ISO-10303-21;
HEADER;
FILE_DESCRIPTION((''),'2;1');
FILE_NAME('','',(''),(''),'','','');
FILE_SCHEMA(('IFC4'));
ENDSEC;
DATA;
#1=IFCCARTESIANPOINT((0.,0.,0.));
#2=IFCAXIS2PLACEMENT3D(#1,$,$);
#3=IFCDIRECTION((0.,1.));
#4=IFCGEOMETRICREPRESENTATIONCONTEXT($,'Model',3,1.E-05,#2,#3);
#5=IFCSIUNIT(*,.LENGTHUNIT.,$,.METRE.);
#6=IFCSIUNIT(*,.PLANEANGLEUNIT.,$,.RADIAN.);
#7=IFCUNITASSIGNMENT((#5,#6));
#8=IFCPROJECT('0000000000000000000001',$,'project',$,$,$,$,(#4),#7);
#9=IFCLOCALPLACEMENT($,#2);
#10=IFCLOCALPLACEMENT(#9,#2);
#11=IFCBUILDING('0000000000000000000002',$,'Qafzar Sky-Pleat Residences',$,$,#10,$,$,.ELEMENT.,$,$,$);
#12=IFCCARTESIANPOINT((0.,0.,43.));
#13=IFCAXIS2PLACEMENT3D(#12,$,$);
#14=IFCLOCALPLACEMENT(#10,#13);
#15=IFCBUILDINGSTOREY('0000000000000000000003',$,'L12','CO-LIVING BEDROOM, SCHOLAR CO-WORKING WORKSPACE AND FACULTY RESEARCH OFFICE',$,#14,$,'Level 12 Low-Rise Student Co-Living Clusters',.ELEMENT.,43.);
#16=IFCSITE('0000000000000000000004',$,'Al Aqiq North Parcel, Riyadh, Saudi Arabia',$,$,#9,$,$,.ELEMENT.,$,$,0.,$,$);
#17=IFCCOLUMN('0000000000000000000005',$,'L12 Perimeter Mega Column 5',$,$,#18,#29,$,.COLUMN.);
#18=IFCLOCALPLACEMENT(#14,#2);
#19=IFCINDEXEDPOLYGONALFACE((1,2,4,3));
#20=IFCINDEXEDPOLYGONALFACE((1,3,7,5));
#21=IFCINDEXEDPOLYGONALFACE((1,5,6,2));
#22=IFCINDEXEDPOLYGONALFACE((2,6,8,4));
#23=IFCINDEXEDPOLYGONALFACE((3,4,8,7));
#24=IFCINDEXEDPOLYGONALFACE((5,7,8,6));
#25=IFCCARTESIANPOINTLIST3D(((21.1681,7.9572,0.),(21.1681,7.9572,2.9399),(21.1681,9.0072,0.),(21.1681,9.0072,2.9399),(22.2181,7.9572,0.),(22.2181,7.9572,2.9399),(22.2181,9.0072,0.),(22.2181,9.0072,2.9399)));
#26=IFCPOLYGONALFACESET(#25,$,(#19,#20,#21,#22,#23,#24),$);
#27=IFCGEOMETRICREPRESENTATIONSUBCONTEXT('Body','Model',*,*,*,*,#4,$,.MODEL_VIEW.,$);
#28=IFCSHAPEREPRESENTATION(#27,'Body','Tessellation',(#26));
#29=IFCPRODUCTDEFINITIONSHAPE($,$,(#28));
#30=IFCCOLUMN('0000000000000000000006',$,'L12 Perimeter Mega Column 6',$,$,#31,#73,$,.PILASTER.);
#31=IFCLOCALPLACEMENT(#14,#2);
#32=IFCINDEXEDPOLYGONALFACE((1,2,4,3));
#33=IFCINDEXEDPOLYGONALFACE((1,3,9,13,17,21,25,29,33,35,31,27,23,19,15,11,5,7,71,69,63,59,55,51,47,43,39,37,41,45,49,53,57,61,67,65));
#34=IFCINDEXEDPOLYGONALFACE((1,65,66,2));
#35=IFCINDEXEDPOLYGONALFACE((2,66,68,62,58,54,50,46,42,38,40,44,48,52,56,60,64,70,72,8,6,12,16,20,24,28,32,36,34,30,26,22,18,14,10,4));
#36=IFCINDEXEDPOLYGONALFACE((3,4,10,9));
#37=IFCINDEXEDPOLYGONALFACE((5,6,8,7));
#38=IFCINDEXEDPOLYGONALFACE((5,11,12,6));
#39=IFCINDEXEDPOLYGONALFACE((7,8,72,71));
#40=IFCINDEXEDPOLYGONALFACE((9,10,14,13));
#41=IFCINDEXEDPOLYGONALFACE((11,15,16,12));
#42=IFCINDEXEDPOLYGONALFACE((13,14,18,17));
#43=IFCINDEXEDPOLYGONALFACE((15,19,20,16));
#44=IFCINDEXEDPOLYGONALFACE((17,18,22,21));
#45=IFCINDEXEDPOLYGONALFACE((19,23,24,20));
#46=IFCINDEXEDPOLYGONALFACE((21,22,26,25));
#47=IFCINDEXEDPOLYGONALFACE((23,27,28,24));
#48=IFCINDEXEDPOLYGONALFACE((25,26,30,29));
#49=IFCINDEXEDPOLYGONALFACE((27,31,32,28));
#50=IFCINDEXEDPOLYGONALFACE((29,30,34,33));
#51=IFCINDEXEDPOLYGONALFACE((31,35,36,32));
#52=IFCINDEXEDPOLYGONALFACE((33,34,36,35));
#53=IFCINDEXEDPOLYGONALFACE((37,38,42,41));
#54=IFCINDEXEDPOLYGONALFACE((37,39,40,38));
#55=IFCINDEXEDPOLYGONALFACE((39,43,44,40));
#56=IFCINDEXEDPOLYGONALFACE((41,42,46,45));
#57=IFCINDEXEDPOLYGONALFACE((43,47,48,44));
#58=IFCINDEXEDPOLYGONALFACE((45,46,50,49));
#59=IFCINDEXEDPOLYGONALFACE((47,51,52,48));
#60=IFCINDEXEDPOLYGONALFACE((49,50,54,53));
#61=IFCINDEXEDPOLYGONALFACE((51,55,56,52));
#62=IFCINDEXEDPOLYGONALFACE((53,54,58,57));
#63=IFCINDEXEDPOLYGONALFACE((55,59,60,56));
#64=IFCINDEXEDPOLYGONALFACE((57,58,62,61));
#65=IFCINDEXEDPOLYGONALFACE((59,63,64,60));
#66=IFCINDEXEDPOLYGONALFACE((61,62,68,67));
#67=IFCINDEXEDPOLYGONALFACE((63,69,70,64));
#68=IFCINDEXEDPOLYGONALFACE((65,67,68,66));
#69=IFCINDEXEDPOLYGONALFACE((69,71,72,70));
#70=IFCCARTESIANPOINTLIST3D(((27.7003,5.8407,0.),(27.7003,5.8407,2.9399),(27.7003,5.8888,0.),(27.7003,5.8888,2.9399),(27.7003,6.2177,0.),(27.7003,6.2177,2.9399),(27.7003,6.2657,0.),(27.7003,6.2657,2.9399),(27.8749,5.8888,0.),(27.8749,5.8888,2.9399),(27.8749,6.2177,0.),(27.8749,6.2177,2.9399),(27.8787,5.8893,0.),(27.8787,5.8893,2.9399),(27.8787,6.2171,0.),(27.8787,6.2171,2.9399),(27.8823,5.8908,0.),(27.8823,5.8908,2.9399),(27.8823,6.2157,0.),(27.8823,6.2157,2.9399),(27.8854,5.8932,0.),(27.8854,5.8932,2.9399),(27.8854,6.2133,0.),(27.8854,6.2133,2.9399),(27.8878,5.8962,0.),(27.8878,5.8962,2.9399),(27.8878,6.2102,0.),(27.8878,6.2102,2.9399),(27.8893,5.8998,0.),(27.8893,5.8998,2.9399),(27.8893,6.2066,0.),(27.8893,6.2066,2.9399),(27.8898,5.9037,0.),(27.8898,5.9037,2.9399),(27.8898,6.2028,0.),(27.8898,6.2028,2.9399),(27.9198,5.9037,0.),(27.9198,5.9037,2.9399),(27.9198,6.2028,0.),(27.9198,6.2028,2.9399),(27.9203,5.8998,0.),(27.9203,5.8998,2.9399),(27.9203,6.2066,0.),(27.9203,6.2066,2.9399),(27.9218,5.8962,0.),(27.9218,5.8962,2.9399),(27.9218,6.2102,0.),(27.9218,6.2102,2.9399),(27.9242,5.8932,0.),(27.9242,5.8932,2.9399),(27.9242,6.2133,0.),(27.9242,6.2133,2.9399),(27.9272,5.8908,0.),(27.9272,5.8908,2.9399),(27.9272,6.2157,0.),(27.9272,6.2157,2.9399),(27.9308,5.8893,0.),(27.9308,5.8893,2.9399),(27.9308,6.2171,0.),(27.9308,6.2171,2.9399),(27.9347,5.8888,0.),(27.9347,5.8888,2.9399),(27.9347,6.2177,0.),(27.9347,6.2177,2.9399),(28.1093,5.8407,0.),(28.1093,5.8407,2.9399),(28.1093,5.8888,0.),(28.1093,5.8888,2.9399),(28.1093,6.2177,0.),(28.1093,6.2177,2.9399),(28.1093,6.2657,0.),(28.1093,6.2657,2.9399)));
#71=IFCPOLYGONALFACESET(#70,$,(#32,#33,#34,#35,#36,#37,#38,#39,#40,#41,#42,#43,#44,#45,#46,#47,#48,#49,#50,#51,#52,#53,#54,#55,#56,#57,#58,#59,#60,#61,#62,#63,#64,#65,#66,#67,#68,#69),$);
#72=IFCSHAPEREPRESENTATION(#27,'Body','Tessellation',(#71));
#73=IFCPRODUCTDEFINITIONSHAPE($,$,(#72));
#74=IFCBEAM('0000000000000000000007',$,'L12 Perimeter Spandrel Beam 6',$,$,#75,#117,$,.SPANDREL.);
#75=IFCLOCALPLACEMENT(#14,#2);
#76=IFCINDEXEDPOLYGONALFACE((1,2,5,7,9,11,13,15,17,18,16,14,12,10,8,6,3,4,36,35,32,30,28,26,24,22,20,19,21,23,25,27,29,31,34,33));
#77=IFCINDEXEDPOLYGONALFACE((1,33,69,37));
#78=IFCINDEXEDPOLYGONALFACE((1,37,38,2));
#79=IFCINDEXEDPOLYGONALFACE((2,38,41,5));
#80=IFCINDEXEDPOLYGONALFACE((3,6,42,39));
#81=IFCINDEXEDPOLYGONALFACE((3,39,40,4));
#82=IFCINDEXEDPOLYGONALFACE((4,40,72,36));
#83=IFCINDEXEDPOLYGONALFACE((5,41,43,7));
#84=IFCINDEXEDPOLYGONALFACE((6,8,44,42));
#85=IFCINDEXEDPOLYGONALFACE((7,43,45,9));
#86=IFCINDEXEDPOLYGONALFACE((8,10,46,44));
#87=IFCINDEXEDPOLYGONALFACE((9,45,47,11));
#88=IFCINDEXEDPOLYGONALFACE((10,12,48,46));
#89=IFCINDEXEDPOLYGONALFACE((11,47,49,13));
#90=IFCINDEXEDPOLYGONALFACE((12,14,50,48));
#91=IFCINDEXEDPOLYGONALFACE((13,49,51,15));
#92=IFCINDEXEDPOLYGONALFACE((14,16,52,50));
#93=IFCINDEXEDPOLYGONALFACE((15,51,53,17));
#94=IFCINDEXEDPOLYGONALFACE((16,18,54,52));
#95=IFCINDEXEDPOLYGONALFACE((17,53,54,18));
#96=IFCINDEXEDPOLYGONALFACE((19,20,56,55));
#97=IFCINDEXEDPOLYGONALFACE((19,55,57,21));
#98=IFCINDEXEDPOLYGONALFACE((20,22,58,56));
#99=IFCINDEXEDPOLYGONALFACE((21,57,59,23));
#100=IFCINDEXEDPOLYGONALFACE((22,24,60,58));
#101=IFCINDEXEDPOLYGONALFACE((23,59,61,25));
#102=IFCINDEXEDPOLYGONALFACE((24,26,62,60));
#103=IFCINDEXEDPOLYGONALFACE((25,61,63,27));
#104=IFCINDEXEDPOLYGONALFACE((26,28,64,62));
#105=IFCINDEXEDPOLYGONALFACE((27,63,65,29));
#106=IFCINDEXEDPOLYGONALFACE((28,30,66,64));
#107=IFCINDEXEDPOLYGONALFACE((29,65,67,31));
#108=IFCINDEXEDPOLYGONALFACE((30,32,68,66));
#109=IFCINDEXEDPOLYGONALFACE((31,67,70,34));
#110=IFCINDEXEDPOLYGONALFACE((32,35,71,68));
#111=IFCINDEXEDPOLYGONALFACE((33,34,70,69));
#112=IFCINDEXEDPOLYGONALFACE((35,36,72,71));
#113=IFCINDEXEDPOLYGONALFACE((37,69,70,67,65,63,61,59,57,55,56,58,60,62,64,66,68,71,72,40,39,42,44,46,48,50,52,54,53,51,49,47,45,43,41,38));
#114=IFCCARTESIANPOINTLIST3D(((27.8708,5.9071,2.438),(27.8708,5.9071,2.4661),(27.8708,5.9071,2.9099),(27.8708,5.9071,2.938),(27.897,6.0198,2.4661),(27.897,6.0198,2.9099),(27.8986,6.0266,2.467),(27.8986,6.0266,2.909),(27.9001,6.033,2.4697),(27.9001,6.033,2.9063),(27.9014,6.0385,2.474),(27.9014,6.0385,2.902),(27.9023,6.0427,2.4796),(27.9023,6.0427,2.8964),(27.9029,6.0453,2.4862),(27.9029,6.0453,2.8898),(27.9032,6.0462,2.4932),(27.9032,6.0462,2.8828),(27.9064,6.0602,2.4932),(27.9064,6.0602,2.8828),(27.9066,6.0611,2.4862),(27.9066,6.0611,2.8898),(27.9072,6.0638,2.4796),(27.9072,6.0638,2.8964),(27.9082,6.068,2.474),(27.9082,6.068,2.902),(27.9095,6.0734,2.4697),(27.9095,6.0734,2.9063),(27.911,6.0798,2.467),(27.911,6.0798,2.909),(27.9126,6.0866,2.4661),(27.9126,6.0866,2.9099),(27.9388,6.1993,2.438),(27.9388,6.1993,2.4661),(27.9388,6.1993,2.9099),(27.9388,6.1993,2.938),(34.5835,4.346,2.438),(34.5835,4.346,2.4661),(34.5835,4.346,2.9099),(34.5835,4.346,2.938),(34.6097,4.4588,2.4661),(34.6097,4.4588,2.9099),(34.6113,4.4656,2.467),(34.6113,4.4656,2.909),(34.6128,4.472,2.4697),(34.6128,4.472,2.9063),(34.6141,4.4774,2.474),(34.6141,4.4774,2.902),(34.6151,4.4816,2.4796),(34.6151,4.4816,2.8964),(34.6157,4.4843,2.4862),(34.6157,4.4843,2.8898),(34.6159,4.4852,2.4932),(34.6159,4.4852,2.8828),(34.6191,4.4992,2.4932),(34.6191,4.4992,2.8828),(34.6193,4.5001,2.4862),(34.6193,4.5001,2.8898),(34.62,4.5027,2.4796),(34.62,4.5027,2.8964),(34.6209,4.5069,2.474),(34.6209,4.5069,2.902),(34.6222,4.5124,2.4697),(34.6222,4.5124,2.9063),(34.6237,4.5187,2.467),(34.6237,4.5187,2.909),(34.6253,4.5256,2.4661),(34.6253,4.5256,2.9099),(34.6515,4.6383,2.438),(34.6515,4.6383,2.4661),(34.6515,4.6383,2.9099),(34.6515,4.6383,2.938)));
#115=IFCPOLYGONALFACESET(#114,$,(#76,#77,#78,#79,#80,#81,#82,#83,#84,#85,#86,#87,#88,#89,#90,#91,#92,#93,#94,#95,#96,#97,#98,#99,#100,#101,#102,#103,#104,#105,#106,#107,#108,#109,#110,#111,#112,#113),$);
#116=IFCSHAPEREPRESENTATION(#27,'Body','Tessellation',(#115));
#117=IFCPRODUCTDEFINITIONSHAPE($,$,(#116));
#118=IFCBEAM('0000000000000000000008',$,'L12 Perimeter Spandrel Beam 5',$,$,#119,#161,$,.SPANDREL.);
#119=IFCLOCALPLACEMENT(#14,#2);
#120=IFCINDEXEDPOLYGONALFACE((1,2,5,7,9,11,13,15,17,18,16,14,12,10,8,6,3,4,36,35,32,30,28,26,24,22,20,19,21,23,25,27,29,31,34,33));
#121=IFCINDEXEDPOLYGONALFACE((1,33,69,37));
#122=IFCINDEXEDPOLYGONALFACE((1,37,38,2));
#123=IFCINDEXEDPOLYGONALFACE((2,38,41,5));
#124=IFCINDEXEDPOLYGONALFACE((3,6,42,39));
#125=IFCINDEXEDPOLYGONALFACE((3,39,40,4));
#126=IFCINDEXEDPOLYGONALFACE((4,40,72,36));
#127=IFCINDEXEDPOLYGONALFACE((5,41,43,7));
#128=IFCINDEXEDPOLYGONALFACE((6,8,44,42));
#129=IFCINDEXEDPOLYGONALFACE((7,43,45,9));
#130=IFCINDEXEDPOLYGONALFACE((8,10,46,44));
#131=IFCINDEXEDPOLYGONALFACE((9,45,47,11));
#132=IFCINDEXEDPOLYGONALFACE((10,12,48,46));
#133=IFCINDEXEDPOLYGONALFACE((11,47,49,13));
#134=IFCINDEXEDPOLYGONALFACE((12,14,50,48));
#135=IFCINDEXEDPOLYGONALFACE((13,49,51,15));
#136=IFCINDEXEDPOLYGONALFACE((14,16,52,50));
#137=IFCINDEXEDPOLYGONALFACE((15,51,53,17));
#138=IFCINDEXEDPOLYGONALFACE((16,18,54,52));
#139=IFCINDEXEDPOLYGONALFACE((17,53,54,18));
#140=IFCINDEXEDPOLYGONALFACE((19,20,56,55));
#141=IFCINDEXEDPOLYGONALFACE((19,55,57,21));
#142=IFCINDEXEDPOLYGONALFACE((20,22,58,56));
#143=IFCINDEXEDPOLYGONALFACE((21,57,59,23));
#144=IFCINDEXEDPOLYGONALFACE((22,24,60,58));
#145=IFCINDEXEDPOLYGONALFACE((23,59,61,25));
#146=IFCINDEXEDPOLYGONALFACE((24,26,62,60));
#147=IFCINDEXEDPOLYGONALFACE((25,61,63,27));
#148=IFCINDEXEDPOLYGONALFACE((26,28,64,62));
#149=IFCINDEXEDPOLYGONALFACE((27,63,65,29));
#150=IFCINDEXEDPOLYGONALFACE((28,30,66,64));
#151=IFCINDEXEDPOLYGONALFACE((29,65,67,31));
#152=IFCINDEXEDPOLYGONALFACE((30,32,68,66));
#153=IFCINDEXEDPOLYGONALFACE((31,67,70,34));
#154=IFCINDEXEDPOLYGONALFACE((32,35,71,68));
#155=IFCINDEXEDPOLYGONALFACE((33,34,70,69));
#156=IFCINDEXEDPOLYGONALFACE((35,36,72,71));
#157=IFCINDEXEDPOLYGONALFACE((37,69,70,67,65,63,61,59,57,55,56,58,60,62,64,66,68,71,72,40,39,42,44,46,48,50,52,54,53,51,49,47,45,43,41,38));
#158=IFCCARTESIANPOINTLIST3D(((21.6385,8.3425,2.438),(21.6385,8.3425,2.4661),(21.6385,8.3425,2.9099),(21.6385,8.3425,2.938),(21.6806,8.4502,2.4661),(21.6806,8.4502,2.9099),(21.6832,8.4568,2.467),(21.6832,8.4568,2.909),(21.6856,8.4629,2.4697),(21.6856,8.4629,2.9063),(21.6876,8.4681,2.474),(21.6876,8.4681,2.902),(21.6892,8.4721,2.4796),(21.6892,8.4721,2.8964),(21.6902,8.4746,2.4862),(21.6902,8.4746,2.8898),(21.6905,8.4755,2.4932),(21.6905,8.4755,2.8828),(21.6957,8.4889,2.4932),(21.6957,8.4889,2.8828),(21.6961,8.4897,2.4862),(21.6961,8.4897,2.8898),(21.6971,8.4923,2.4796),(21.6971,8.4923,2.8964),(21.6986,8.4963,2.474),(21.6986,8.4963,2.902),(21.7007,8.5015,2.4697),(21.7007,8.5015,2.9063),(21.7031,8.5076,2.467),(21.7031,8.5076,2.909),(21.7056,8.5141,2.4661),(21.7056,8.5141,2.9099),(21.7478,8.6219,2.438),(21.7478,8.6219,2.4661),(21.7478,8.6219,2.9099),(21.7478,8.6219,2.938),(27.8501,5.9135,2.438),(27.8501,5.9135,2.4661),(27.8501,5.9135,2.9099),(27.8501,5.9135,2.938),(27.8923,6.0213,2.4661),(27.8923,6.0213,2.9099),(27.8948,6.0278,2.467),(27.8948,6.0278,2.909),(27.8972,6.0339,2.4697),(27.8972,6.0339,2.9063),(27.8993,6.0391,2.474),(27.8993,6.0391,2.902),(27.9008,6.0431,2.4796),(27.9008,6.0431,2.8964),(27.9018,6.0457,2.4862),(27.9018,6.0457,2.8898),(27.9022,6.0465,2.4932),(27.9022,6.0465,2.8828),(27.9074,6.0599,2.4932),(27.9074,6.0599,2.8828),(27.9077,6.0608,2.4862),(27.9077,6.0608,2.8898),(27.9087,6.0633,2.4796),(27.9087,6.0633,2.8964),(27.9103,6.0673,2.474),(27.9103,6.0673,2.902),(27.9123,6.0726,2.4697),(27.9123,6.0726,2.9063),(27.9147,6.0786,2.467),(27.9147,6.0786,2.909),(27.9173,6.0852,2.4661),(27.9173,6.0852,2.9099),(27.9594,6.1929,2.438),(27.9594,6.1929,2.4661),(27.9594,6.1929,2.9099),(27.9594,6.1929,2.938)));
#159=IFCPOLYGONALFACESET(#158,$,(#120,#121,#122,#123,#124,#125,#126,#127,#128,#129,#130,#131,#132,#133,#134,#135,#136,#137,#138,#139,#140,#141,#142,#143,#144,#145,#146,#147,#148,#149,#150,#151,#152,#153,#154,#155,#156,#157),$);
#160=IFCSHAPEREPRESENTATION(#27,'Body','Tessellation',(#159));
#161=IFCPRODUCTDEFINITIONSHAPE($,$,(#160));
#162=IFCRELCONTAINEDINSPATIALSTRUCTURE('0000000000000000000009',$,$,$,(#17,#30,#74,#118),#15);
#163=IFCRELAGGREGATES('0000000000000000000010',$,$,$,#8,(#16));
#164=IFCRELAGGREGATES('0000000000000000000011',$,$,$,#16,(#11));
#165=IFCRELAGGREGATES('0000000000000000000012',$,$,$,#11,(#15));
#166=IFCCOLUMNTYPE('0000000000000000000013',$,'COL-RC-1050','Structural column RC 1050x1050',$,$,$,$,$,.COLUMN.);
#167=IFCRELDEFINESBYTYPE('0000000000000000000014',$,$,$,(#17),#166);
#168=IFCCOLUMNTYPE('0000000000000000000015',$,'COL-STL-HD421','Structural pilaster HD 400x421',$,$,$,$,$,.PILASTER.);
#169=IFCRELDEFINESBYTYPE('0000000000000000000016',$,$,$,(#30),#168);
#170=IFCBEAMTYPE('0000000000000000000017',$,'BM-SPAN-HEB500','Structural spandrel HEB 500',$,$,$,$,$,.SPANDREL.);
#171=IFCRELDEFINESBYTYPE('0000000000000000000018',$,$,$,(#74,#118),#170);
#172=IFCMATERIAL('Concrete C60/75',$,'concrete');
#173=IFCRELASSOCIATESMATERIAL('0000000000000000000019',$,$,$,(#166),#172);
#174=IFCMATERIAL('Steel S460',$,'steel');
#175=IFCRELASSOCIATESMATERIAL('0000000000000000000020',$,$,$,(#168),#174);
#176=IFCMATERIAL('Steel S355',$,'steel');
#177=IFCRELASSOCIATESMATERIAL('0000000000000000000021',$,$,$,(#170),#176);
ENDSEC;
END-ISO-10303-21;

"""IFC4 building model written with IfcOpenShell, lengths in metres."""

from ifc_helpers import new_model, si_unit, direction, frame, origin, origin_2d, place, context, subcontext, project, spatial, rectangle, i_section, extrude, source, transform, mapped, material, material_profile, profile_set, type_object, element, save


model = new_model("IFC4")

# Units and contexts
model_context = context("Model", 3, precision=1e-05, world=origin(), true_north=direction((0.0, 1.0)))
body_context = subcontext(model_context, "Body", "Model", "MODEL_VIEW")
ifc_project = project(units=[si_unit("LENGTHUNIT", "METRE"), si_unit("PLANEANGLEUNIT", "RADIAN")], contexts=[model_context])

# Site, building, storey
site_placement = place(None, origin())
site = spatial("IfcSite", under=ifc_project, at=site_placement, Name="Al Aqiq North Parcel, Riyadh, Saudi Arabia", CompositionType="ELEMENT", RefElevation=0.0)
building_placement = place(site_placement, origin())
building = spatial("IfcBuilding", under=site, at=building_placement, Name="Qafzar Sky-Pleat Residences", CompositionType="ELEMENT")
storey_placement = place(building_placement, frame((0.0, 0.0, 43.0)))
storey = spatial("IfcBuildingStorey", under=building, at=storey_placement, Name="L12", Description="CO-LIVING BEDROOM, SCHOLAR CO-WORKING WORKSPACE AND FACULTY RESEARCH OFFICE", LongName="Level 12 Low-Rise Student Co-Living Clusters", CompositionType="ELEMENT", Elevation=43.0)

# Columns
ifc_material_1 = material(Name="Concrete C60/75", Category="concrete")
ifc_material_profile_1 = material_profile(ifc_material_1, rectangle(XDim=1.05, YDim=1.05, at=origin_2d()), Name="RC 1050x1050")
ifc_profile_set_1 = profile_set([ifc_material_profile_1], Name="Concrete C60/75")
column_type_1 = type_object("IfcColumnType", Name="COL-RC-1050", Description="Structural column RC 1050x1050", PredefinedType="COLUMN", material=ifc_profile_set_1)
shared_shape_1 = source(origin(), body_context, "Body", "SweptSolid", [
    extrude(rectangle(XDim=1.05, YDim=1.05, at=origin_2d()), origin(), (0.0, 0.0, 1.0), 2.9399),
])
column_1_placement = place(storey_placement, frame((21.6931, 8.4822, 0.0), z_axis=(0.0, 0.0, 1.0), x_axis=(1.0, 0.0, 0.0)))
element("IfcColumn", 1, at=column_1_placement, inside=storey, type_object=column_type_1, Name="L12 Perimeter Mega Column 5", PredefinedType="COLUMN", context=body_context, shape_type="MappedRepresentation", body=[
    mapped(shared_shape_1, transform((0.0, 0.0, 0.0), x_axis=(1.0, 0.0, 0.0), y_axis=(0.0, 1.0, 0.0), z_axis=(0.0, 0.0, 1.0), scale=1.0)),
])
ifc_material_2 = material(Name="Steel S460", Category="steel")
ifc_material_profile_2 = material_profile(ifc_material_2, i_section(OverallWidth=0.4089, OverallDepth=0.425, WebThickness=0.03, FlangeThickness=0.0481, FilletRadius=0.0149, at=origin_2d()), Name="HD 400x421")
ifc_profile_set_2 = profile_set([ifc_material_profile_2], Name="Steel S460")
column_type_2 = type_object("IfcColumnType", Name="COL-STL-HD421", Description="Structural pilaster HD 400x421", PredefinedType="PILASTER", material=ifc_profile_set_2)
shared_shape_2 = source(origin(), body_context, "Body", "SweptSolid", [
    extrude(i_section(OverallWidth=0.4089, OverallDepth=0.425, WebThickness=0.03, FlangeThickness=0.0481, FilletRadius=0.0149, at=origin_2d()), origin(), (0.0, 0.0, 1.0), 2.9399),
])
column_2_placement = place(storey_placement, frame((27.9048, 6.0532, 0.0), z_axis=(0.0, 0.0, 1.0), x_axis=(1.0, 0.0, 0.0)))
element("IfcColumn", 2, at=column_2_placement, inside=storey, type_object=column_type_2, Name="L12 Perimeter Mega Column 6", PredefinedType="PILASTER", context=body_context, shape_type="MappedRepresentation", body=[
    mapped(shared_shape_2, transform((0.0, 0.0, 0.0), x_axis=(1.0, 0.0, 0.0), y_axis=(0.0, 1.0, 0.0), z_axis=(0.0, 0.0, 1.0), scale=1.0)),
])

# Beams
ifc_material_3 = material(Name="Steel S355", Category="steel")
ifc_material_profile_3 = material_profile(ifc_material_3, i_section(OverallWidth=0.3, OverallDepth=0.5, WebThickness=0.0144, FlangeThickness=0.0281, FilletRadius=0.0271, at=origin_2d()), Name="HEB 500")
ifc_profile_set_3 = profile_set([ifc_material_profile_3], Name="Steel S355")
beam_type_1 = type_object("IfcBeamType", Name="BM-SPAN-HEB500", Description="Structural spandrel HEB 500", PredefinedType="SPANDREL", material=ifc_profile_set_3)
shared_shape_3 = source(origin(), body_context, "Body", "SweptSolid", [
    extrude(i_section(OverallWidth=0.3, OverallDepth=0.5, WebThickness=0.0144, FlangeThickness=0.0281, FilletRadius=0.0271, at=origin_2d()), origin(), (0.0, 0.0, 1.0), 6.8918),
])
beam_1_placement = place(storey_placement, frame((27.9048, 6.0532, 2.688), z_axis=(0.974009, -0.226507, 0.0), x_axis=(0.226507, 0.974009, 0.0)))
element("IfcBeam", 3, at=beam_1_placement, inside=storey, type_object=beam_type_1, Name="L12 Perimeter Spandrel Beam 6", PredefinedType="SPANDREL", context=body_context, shape_type="MappedRepresentation", body=[
    mapped(shared_shape_3, transform((0.0, 0.0, 0.0), x_axis=(1.0, 0.0, 0.0), y_axis=(0.0, 1.0, 0.0), z_axis=(0.0, 0.0, 1.0), scale=1.0)),
])
shared_shape_4 = source(origin(), body_context, "Body", "SweptSolid", [
    extrude(i_section(OverallWidth=0.3, OverallDepth=0.5, WebThickness=0.0144, FlangeThickness=0.0281, FilletRadius=0.0271, at=origin_2d()), origin(), (0.0, 0.0, 1.0), 6.6697),
])
beam_2_placement = place(storey_placement, frame((21.6931, 8.4822, 2.688), z_axis=(0.931329, -0.364179, 0.0), x_axis=(0.364179, 0.931329, 0.0)))
element("IfcBeam", 4, at=beam_2_placement, inside=storey, type_object=beam_type_1, Name="L12 Perimeter Spandrel Beam 5", PredefinedType="SPANDREL", context=body_context, shape_type="MappedRepresentation", body=[
    mapped(shared_shape_4, transform((0.0, 0.0, 0.0), x_axis=(1.0, 0.0, 0.0), y_axis=(0.0, 1.0, 0.0), z_axis=(0.0, 0.0, 1.0), scale=1.0)),
])

save(model, "model.ifc")
